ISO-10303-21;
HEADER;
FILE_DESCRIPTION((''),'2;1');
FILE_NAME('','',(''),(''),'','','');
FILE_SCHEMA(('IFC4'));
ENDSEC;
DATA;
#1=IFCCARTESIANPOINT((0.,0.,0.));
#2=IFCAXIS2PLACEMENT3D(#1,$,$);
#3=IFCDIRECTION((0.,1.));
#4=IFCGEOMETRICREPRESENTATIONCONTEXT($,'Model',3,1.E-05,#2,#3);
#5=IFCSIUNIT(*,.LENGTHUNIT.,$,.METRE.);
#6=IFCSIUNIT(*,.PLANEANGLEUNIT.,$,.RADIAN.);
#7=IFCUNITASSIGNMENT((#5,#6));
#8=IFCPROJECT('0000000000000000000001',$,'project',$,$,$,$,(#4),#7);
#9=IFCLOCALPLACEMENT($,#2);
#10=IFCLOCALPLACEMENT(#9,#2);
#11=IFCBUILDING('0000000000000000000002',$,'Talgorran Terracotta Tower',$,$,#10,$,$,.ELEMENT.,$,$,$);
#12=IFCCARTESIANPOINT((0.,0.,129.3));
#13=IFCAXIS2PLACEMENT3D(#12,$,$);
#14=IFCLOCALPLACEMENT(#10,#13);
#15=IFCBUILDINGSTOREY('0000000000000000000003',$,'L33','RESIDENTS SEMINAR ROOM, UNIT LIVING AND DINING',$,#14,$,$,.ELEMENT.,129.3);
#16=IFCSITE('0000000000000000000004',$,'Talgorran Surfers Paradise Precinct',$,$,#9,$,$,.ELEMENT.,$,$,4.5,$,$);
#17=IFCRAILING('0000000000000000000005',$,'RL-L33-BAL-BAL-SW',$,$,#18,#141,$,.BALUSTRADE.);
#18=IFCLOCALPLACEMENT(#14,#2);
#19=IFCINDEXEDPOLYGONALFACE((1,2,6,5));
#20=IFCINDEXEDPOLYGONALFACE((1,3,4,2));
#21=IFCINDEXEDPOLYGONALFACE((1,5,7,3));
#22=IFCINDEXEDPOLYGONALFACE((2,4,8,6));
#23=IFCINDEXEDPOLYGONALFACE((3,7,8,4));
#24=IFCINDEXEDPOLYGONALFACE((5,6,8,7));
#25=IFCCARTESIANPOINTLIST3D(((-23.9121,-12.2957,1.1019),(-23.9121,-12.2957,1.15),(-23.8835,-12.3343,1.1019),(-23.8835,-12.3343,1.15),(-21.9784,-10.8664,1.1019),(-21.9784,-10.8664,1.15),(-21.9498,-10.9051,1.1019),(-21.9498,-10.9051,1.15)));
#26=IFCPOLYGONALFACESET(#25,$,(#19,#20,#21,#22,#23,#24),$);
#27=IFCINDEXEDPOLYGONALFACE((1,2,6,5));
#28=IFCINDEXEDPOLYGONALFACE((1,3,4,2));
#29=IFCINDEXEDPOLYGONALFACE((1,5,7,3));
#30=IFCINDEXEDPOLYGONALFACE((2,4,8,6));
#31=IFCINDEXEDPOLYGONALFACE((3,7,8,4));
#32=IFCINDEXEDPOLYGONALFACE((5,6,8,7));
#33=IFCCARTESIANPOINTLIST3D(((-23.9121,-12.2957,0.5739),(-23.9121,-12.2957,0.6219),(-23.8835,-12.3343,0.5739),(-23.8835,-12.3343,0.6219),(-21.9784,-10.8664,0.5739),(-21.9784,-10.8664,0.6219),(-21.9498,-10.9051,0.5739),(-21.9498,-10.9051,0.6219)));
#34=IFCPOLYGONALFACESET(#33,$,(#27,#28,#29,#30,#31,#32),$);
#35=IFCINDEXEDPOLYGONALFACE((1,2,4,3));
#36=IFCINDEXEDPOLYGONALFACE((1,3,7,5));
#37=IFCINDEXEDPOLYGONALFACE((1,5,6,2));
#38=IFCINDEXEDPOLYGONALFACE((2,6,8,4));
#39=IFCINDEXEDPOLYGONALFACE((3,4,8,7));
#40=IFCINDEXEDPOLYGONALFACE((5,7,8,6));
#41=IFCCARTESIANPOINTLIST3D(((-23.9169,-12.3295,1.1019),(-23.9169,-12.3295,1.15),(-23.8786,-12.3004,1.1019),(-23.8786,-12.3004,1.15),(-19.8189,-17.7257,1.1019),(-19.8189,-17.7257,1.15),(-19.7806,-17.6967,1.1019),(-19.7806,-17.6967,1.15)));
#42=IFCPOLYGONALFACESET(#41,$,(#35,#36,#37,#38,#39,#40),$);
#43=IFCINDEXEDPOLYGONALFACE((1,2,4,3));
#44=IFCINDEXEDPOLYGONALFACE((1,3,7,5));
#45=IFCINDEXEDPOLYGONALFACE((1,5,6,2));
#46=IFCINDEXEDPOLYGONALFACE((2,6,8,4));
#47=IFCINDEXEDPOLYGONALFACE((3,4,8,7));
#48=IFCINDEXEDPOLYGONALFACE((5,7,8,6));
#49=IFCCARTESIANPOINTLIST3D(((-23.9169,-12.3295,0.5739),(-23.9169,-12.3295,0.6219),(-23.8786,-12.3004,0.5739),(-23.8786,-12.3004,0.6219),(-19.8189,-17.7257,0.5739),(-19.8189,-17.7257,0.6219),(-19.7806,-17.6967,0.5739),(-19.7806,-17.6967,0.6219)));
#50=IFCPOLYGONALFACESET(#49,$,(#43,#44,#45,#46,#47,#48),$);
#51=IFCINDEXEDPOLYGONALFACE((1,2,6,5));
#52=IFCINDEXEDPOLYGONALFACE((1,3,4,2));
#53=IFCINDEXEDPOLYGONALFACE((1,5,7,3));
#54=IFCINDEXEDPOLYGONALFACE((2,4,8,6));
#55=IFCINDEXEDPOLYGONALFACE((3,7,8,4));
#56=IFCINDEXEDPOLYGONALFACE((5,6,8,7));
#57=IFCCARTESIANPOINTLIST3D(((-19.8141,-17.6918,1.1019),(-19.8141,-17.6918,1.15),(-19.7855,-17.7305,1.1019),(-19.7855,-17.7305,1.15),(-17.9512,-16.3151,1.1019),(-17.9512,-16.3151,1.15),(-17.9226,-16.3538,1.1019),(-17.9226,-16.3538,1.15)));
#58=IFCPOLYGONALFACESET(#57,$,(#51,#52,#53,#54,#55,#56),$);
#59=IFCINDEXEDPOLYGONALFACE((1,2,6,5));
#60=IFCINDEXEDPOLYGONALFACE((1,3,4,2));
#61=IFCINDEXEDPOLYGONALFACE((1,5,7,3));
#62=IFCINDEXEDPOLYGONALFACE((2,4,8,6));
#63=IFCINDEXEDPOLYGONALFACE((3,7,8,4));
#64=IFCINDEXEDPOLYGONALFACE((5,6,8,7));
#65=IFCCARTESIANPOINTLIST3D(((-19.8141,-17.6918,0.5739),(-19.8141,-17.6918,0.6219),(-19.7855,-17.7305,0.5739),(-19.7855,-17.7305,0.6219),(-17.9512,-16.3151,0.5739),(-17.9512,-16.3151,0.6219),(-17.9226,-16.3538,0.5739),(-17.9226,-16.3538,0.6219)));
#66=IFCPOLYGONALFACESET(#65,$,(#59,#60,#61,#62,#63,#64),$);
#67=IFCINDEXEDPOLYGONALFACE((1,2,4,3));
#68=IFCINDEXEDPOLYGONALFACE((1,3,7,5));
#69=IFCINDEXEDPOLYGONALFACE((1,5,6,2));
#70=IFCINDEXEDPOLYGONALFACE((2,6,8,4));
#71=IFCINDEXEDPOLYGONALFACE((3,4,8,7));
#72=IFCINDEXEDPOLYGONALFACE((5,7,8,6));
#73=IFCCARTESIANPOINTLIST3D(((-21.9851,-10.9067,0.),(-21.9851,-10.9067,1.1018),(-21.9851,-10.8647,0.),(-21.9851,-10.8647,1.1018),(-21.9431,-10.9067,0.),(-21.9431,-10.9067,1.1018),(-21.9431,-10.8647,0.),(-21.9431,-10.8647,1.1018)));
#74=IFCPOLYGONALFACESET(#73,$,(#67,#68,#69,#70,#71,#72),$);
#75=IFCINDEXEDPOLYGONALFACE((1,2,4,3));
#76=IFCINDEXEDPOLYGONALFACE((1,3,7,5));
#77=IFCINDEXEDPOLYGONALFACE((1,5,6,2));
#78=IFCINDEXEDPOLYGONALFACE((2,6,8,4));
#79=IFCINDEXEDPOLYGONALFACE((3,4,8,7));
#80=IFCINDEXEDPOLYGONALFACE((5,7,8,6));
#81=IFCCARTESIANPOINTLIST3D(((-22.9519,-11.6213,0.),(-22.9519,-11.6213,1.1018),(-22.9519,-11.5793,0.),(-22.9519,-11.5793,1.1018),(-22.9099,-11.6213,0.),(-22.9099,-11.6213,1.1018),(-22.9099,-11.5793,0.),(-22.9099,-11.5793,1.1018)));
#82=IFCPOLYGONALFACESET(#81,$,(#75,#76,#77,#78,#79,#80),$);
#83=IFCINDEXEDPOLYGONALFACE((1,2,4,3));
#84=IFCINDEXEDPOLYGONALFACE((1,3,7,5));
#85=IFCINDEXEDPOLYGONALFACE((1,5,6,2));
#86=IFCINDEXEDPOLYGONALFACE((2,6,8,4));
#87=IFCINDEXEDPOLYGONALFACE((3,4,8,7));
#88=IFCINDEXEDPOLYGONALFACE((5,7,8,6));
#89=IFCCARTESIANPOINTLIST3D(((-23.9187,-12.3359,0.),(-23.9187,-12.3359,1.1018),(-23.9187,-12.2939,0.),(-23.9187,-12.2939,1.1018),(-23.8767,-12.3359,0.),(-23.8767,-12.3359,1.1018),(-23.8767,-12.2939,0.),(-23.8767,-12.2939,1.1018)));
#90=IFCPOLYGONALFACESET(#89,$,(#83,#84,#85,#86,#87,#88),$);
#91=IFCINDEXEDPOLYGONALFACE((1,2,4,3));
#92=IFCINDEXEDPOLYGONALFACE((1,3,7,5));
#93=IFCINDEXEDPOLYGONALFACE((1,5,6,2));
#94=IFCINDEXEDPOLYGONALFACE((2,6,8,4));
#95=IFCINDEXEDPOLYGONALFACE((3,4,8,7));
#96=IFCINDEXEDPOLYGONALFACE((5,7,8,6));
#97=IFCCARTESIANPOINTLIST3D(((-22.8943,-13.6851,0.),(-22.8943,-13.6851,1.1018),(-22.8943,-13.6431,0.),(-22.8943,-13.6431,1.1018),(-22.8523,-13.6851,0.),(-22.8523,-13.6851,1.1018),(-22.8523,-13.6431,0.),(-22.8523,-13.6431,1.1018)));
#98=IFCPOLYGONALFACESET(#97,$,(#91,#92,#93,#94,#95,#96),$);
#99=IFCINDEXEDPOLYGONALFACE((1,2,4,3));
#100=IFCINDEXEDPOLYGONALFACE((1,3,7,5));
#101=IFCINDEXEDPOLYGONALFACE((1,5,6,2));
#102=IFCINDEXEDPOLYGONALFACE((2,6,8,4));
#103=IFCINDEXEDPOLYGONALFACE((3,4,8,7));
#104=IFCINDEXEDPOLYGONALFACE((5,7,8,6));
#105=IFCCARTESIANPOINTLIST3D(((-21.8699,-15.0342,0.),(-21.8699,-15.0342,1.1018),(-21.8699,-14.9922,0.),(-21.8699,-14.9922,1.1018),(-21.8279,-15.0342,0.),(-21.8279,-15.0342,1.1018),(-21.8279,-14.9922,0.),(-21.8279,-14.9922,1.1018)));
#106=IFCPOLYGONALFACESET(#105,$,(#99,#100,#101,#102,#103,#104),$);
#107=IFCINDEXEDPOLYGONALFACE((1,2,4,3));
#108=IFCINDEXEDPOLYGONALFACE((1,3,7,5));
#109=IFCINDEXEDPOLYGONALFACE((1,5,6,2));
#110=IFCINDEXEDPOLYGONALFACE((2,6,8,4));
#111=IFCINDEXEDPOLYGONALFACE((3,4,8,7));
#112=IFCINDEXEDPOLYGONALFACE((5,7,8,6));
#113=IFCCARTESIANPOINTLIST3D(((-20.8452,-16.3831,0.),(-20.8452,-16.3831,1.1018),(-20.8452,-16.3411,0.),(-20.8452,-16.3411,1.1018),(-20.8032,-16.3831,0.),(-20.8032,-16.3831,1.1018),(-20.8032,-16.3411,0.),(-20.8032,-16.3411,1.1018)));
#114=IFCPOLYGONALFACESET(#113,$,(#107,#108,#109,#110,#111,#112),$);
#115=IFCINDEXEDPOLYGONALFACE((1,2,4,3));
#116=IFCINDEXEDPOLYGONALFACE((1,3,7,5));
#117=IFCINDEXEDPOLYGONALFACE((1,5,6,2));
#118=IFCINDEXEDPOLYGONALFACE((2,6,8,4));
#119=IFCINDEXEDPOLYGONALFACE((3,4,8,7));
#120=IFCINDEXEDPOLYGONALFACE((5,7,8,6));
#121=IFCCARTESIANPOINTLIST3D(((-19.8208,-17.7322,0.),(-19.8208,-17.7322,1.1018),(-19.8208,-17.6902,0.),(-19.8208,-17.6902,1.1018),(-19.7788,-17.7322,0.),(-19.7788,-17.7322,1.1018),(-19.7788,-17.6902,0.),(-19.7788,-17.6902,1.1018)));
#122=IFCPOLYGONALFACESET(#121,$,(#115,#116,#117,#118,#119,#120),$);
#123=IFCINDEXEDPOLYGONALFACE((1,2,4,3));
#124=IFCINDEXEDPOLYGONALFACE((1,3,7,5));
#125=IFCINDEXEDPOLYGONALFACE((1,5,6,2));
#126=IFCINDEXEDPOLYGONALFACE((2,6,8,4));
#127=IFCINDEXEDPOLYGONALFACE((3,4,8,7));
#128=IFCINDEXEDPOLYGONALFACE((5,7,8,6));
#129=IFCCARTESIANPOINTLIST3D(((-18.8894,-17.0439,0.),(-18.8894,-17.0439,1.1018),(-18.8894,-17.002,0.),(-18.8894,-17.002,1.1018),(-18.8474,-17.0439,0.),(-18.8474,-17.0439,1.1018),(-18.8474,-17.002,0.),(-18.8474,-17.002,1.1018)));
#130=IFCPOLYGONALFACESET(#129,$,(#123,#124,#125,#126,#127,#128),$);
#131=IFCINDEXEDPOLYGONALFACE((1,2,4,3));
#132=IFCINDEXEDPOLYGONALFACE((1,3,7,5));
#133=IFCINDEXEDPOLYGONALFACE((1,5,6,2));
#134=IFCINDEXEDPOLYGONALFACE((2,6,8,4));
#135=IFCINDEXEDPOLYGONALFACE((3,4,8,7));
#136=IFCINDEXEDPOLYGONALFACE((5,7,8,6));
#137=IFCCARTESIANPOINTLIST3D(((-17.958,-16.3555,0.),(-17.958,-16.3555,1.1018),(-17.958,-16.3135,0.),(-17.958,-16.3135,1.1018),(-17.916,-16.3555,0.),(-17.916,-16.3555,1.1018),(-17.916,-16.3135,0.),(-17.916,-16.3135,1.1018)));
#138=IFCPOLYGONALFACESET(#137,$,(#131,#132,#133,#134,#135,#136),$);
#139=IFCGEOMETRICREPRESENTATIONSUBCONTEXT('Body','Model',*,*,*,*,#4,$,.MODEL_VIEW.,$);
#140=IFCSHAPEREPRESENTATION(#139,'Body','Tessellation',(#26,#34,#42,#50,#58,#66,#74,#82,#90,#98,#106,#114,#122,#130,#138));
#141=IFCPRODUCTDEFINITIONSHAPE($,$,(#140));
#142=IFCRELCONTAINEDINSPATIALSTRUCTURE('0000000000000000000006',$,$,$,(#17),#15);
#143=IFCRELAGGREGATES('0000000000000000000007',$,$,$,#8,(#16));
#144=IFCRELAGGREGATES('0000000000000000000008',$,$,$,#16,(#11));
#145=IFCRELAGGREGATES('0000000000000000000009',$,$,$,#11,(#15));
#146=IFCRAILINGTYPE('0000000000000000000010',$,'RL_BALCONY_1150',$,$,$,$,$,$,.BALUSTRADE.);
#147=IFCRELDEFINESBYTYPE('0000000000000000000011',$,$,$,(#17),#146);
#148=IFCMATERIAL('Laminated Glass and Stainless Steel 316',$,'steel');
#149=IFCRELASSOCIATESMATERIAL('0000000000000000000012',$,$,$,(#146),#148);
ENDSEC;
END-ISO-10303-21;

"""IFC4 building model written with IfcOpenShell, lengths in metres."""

from ifc_helpers import new_model, si_unit, direction, frame, origin, origin_2d, place, context, subcontext, project, spatial, rectangle, extrude, material, type_object, element, save


model = new_model("IFC4")

# Units and contexts
model_context = context("Model", 3, precision=1e-05, world=origin(), true_north=direction((0.0, 1.0)))
body_context = subcontext(model_context, "Body", "Model", "MODEL_VIEW")
ifc_project = project(units=[si_unit("LENGTHUNIT", "METRE"), si_unit("PLANEANGLEUNIT", "RADIAN")], contexts=[model_context])

# Site, building, storey
site_placement = place(None, origin())
site = spatial("IfcSite", under=ifc_project, at=site_placement, Name="Talgorran Surfers Paradise Precinct", CompositionType="ELEMENT", RefElevation=4.5)
building_placement = place(site_placement, origin())
building = spatial("IfcBuilding", under=site, at=building_placement, Name="Talgorran Terracotta Tower", CompositionType="ELEMENT")
storey_placement = place(building_placement, frame((0.0, 0.0, 129.3)))
storey = spatial("IfcBuildingStorey", under=building, at=storey_placement, Name="L33", Description="RESIDENTS SEMINAR ROOM, UNIT LIVING AND DINING", CompositionType="ELEMENT", Elevation=129.3)

# Railing
ifc_material_1 = material(Name="Laminated Glass and Stainless Steel 316", Category="steel")
railing_type = type_object("IfcRailingType", Name="RL_BALCONY_1150", PredefinedType="BALUSTRADE", material=ifc_material_1)
railing_placement = place(storey_placement, frame((-21.9641, -10.8857, 0.0)))
element("IfcRailing", 1, at=railing_placement, inside=storey, type_object=railing_type, Name="RL-L33-BAL-BAL-SW", PredefinedType="BALUSTRADE", context=body_context, shape_type="SweptSolid", body=[
    extrude(rectangle(XDim=0.0481, YDim=0.0481, at=origin_2d()), frame((0.0, 0.0, 1.126), z_axis=(-0.804172, -0.594397, 0.0), x_axis=(0.594397, -0.804172, 0.0)), (0.0, 0.0, 1.0), 2.4045),
    extrude(rectangle(XDim=0.0481, YDim=0.0481, at=origin_2d()), frame((0.0, 0.0, 0.5979), z_axis=(-0.804172, -0.594397, 0.0), x_axis=(0.594397, -0.804172, 0.0)), (0.0, 0.0, 1.0), 2.4045),
    extrude(rectangle(XDim=0.0481, YDim=0.0481, at=origin_2d()), frame((-1.9336, -1.4292, 1.126), z_axis=(0.60478, -0.796393, 0.0), x_axis=(0.796393, 0.60478, 0.0)), (0.0, 0.0, 1.0), 6.7759),
    extrude(rectangle(XDim=0.0481, YDim=0.0481, at=origin_2d()), frame((-1.9336, -1.4292, 0.5979), z_axis=(0.60478, -0.796393, 0.0), x_axis=(0.796393, 0.60478, 0.0)), (0.0, 0.0, 1.0), 6.7759),
    extrude(rectangle(XDim=0.0481, YDim=0.0481, at=origin_2d()), frame((2.1643, -6.8254, 1.126), z_axis=(0.804205, 0.594353, 0.0), x_axis=(-0.594353, 0.804205, 0.0)), (0.0, 0.0, 1.0), 2.3164),
    extrude(rectangle(XDim=0.0481, YDim=0.0481, at=origin_2d()), frame((2.1643, -6.8254, 0.5979), z_axis=(0.804205, 0.594353, 0.0), x_axis=(-0.594353, 0.804205, 0.0)), (0.0, 0.0, 1.0), 2.3164),
    extrude(rectangle(XDim=0.042, YDim=0.042, at=origin_2d()), origin(), (0.0, 0.0, 1.0), 1.1018),
    extrude(rectangle(XDim=0.042, YDim=0.042, at=origin_2d()), frame((-0.9668, -0.7146, 0.0)), (0.0, 0.0, 1.0), 1.1018),
    extrude(rectangle(XDim=0.042, YDim=0.042, at=origin_2d()), frame((-1.9336, -1.4292, 0.0)), (0.0, 0.0, 1.0), 1.1018),
    extrude(rectangle(XDim=0.042, YDim=0.042, at=origin_2d()), frame((-0.9092, -2.7783, 0.0)), (0.0, 0.0, 1.0), 1.1018),
    extrude(rectangle(XDim=0.042, YDim=0.042, at=origin_2d()), frame((0.1152, -4.1274, 0.0)), (0.0, 0.0, 1.0), 1.1018),
    extrude(rectangle(XDim=0.042, YDim=0.042, at=origin_2d()), frame((1.1399, -5.4763, 0.0)), (0.0, 0.0, 1.0), 1.1018),
    extrude(rectangle(XDim=0.042, YDim=0.042, at=origin_2d()), frame((2.1643, -6.8254, 0.0)), (0.0, 0.0, 1.0), 1.1018),
    extrude(rectangle(XDim=0.042, YDim=0.042, at=origin_2d()), frame((3.0957, -6.1372, 0.0)), (0.0, 0.0, 1.0), 1.1018),
    extrude(rectangle(XDim=0.042, YDim=0.042, at=origin_2d()), frame((4.0271, -5.4487, 0.0)), (0.0, 0.0, 1.0), 1.1018),
])

save(model, "model.ifc")
